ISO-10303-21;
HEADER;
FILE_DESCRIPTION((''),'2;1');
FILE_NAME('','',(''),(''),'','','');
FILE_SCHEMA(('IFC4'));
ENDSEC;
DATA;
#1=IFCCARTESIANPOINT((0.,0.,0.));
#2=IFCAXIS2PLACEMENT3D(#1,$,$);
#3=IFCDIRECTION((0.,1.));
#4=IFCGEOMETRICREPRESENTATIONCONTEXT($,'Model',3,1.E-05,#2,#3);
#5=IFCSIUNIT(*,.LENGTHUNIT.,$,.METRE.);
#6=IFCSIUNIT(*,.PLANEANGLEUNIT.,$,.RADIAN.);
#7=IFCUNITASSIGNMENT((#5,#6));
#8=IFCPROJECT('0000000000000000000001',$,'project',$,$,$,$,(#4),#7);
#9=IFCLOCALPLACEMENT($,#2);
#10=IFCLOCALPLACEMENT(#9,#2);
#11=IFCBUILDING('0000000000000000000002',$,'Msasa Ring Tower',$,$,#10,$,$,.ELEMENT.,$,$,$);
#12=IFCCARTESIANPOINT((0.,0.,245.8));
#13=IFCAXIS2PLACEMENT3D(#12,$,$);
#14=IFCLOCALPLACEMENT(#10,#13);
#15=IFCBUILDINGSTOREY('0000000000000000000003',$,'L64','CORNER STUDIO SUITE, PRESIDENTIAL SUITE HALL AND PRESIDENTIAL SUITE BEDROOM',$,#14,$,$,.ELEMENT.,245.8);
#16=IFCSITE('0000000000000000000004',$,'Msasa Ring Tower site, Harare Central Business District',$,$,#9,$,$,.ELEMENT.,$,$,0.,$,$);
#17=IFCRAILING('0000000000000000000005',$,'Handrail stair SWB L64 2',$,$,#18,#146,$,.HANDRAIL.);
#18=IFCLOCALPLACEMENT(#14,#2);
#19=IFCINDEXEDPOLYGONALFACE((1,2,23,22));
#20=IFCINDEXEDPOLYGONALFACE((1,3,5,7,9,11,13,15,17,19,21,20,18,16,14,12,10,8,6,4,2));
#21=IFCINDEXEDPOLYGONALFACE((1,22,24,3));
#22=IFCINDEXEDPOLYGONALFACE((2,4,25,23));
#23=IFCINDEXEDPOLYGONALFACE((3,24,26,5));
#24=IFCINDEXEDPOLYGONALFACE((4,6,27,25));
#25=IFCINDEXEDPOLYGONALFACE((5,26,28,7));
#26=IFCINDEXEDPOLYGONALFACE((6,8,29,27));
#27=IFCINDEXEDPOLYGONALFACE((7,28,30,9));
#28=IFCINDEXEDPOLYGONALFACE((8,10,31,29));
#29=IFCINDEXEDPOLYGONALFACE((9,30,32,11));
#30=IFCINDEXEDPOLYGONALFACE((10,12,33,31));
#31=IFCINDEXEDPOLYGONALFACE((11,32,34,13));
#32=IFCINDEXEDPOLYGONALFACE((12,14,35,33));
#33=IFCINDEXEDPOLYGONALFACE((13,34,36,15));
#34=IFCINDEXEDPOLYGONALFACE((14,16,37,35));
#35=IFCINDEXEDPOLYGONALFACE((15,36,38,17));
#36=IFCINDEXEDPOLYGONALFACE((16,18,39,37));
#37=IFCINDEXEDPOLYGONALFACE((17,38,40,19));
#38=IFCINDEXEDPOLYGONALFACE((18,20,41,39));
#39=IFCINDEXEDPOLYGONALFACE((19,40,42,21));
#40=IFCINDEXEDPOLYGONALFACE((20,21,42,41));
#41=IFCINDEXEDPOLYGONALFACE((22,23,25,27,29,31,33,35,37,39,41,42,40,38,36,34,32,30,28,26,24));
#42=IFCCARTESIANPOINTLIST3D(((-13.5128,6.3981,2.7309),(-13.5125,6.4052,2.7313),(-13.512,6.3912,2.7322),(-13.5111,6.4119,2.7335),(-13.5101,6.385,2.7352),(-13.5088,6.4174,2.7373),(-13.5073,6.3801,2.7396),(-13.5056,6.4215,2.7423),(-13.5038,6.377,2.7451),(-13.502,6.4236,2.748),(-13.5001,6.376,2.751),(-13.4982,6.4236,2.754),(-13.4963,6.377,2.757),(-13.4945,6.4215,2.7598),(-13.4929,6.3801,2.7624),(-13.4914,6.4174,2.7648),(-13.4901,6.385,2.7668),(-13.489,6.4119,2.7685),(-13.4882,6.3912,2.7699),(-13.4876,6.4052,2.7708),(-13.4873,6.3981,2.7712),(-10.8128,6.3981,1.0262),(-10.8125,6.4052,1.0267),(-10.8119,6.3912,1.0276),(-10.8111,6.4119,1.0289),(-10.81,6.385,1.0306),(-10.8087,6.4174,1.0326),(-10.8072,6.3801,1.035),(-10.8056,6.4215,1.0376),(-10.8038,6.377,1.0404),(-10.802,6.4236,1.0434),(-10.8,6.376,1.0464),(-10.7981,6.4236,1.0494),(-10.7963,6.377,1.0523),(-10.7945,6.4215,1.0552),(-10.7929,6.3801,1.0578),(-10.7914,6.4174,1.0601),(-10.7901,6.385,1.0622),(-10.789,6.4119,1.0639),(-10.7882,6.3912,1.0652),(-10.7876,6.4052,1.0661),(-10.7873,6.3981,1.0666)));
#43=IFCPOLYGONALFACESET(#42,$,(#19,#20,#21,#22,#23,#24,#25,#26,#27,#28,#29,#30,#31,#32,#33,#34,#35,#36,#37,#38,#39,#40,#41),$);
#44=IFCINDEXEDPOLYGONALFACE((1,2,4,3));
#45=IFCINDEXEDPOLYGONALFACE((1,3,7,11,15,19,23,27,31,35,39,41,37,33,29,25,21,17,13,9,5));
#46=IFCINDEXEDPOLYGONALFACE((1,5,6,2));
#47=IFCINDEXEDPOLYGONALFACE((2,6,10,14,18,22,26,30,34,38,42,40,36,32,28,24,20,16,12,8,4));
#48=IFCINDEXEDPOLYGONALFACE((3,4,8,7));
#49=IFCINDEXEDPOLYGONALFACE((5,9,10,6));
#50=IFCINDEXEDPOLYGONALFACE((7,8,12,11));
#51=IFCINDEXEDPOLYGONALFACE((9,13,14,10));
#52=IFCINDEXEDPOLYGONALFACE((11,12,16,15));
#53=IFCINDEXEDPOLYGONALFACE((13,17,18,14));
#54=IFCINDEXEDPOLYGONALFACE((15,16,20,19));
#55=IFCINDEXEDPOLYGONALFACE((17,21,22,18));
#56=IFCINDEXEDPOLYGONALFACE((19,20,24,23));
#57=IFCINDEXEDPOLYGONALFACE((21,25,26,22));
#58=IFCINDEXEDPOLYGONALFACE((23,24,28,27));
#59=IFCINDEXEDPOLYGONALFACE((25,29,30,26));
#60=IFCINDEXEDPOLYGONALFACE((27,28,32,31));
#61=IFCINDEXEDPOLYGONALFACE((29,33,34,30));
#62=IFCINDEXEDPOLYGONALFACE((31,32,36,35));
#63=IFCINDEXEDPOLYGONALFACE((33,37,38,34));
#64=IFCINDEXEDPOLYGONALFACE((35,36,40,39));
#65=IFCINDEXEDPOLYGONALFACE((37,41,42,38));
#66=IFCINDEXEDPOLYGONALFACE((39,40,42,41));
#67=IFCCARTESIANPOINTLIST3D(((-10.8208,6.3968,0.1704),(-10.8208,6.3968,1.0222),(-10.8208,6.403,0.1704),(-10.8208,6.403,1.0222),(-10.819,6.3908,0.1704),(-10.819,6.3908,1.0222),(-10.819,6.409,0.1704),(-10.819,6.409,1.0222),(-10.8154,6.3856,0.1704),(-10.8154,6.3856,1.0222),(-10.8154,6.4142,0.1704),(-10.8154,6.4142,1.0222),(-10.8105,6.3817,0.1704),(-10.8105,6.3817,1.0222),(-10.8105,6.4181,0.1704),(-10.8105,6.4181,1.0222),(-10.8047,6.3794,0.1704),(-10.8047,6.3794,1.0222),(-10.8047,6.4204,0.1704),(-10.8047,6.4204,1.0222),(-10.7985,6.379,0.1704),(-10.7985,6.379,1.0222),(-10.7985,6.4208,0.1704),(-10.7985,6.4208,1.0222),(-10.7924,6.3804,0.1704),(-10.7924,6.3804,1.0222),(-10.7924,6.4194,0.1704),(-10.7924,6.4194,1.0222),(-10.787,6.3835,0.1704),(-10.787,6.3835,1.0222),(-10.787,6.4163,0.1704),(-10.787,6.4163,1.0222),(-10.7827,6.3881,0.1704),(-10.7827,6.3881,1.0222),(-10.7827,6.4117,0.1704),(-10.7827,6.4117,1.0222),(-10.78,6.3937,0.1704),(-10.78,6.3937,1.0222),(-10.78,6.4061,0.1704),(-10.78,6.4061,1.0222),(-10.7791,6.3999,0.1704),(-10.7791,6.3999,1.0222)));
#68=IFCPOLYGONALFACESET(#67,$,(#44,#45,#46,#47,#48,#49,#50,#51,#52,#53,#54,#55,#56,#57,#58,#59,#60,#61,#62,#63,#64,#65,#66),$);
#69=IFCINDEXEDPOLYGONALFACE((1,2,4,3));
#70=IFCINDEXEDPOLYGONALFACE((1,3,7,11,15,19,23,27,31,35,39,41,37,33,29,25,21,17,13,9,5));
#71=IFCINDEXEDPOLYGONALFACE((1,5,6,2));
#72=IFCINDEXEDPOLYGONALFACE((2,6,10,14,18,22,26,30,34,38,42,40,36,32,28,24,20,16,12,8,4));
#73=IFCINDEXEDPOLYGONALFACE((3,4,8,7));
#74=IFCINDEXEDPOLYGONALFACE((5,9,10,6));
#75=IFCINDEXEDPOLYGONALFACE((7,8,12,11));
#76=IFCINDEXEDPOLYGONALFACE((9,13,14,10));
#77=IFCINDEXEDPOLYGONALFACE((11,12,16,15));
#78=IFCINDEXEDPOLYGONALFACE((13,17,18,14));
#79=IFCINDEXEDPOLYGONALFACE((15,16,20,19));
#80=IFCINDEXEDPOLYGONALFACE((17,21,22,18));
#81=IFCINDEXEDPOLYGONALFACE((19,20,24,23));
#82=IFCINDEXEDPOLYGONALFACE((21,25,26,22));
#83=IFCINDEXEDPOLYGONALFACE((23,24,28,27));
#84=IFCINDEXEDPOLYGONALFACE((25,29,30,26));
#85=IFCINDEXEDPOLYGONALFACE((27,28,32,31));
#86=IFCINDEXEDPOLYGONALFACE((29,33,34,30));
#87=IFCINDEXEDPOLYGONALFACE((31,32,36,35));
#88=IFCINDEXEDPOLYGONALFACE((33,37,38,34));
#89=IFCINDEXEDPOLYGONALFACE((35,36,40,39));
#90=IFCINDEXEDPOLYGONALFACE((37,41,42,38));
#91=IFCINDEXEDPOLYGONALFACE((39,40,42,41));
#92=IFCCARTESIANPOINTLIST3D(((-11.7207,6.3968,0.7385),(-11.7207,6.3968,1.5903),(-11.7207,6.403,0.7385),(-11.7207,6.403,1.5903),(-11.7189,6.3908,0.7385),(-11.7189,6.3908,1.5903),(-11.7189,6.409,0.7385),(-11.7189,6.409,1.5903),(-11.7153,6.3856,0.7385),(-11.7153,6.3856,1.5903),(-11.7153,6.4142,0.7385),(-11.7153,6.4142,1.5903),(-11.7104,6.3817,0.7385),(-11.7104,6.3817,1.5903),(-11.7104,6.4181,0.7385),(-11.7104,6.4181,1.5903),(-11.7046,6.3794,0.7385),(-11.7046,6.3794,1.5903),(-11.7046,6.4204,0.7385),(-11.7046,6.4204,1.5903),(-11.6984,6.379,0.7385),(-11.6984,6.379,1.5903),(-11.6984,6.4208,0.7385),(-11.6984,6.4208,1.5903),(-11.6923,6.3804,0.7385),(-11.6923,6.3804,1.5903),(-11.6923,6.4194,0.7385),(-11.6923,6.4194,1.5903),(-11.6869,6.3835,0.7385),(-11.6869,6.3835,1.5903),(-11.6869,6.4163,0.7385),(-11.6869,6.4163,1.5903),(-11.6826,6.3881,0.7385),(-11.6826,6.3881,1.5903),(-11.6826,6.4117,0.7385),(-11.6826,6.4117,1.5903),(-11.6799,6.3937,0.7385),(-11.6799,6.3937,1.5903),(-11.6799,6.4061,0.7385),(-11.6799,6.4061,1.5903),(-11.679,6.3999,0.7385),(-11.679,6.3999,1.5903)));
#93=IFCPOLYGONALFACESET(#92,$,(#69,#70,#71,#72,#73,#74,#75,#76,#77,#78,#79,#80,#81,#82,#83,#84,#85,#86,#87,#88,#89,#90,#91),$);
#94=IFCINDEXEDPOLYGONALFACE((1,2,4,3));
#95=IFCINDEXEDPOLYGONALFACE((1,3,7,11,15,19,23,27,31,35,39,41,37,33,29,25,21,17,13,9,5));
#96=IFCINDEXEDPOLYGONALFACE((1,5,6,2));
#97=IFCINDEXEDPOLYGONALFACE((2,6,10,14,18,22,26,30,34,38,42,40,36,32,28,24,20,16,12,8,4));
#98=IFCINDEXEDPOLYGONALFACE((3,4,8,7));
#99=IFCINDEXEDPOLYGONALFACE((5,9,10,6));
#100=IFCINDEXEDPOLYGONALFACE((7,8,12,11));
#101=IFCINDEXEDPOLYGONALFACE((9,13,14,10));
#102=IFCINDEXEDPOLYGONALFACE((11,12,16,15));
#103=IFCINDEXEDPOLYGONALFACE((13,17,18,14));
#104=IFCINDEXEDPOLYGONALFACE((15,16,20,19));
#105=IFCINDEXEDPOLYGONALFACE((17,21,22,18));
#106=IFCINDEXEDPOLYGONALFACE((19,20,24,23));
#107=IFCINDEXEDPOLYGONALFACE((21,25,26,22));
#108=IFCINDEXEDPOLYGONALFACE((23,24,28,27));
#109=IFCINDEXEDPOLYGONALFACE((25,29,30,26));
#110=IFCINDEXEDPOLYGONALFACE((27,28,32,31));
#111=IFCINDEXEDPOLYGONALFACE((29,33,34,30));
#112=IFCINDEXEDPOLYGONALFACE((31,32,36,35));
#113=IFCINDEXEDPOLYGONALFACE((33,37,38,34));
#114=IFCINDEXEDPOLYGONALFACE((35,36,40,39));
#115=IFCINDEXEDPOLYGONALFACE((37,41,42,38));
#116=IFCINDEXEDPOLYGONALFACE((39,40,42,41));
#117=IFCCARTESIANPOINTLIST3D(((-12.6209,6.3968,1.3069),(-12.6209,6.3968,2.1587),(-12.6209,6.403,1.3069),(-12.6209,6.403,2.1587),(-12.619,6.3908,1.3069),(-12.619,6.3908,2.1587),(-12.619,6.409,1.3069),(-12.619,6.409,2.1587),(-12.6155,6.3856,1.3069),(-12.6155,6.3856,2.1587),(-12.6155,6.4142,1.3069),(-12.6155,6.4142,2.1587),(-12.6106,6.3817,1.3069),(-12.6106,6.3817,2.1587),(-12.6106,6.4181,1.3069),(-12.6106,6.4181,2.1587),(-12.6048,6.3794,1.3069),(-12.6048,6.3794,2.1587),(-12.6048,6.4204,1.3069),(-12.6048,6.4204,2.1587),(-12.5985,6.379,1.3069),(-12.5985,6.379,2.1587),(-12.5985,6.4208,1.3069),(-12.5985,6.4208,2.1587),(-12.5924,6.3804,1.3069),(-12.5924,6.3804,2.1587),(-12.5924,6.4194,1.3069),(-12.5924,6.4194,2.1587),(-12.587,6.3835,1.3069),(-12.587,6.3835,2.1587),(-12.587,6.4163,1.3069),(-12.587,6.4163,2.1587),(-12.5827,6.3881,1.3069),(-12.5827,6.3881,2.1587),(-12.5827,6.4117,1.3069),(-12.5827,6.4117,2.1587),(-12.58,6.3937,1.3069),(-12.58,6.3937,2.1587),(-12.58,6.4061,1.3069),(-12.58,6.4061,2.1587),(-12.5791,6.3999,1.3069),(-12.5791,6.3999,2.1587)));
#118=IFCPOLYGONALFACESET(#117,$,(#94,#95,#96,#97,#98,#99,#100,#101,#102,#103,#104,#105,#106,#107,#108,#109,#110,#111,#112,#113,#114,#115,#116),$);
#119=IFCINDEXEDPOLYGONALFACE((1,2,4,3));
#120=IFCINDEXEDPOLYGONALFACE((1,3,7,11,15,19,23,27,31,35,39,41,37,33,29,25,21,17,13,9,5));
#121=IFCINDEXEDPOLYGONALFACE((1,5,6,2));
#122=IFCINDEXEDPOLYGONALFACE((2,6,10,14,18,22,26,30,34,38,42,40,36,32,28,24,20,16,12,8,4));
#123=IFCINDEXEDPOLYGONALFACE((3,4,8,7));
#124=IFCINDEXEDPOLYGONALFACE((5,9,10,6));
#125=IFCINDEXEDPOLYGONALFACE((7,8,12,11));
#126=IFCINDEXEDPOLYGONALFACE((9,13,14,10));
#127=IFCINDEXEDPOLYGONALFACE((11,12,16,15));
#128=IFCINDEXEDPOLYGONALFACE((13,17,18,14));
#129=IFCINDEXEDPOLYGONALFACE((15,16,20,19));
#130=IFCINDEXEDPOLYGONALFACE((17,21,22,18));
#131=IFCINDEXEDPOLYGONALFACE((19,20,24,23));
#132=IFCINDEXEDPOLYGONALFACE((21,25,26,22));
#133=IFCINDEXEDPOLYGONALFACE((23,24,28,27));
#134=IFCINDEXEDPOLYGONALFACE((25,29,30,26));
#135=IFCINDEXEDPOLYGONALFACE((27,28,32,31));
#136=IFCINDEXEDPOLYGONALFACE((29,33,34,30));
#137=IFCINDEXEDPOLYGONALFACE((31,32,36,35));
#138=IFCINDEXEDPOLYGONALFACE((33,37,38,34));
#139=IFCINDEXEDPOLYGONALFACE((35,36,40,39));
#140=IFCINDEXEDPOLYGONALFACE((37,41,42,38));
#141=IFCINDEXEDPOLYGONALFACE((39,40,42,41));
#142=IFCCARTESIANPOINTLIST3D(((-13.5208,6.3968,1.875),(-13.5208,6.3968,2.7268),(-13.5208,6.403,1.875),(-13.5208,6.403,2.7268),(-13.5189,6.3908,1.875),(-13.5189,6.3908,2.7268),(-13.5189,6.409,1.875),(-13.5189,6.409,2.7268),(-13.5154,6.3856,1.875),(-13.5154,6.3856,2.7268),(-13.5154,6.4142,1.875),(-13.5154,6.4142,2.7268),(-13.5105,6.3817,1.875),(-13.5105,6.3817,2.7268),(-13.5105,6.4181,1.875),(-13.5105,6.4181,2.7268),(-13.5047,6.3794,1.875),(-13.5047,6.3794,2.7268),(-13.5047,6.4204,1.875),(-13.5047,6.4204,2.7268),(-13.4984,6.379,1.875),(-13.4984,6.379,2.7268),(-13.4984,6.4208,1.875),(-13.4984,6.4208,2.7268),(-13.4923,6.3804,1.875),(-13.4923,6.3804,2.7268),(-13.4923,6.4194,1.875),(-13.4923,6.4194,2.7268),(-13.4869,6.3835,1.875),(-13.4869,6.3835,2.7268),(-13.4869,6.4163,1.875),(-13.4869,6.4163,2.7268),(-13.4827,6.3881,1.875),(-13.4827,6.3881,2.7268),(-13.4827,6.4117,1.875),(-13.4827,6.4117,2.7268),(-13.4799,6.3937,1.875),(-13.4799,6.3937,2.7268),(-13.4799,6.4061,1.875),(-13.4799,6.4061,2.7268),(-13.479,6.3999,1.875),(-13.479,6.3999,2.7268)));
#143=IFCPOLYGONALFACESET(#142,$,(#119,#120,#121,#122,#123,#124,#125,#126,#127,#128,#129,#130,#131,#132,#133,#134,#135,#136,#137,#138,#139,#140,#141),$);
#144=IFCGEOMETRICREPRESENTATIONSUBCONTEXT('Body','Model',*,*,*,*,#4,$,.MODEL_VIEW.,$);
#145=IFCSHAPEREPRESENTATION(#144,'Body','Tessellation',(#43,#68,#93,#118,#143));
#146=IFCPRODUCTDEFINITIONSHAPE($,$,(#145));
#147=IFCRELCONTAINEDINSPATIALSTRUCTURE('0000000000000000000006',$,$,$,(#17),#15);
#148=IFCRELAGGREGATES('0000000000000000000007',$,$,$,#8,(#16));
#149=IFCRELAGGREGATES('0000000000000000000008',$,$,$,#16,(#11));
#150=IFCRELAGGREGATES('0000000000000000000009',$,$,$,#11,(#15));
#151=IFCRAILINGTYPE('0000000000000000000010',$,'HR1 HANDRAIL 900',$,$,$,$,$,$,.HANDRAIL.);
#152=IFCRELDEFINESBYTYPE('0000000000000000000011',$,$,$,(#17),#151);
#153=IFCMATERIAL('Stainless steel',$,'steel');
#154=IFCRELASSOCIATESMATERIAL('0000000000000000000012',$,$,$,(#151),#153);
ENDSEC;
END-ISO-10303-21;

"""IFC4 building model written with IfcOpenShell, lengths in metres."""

from ifc_helpers import new_model, si_unit, direction, frame, origin, origin_2d, place, context, subcontext, project, spatial, circle, extrude, material, type_object, element, save


model = new_model("IFC4")

# Units and contexts
model_context = context("Model", 3, precision=1e-05, world=origin(), true_north=direction((0.0, 1.0)))
body_context = subcontext(model_context, "Body", "Model", "MODEL_VIEW")
ifc_project = project(units=[si_unit("LENGTHUNIT", "METRE"), si_unit("PLANEANGLEUNIT", "RADIAN")], contexts=[model_context])

# Site, building, storey
site_placement = place(None, origin())
site = spatial("IfcSite", under=ifc_project, at=site_placement, Name="Msasa Ring Tower site, Harare Central Business District", CompositionType="ELEMENT", RefElevation=0.0)
building_placement = place(site_placement, origin())
building = spatial("IfcBuilding", under=site, at=building_placement, Name="Msasa Ring Tower", CompositionType="ELEMENT")
storey_placement = place(building_placement, frame((0.0, 0.0, 245.8)))
storey = spatial("IfcBuildingStorey", under=building, at=storey_placement, Name="L64", Description="CORNER STUDIO SUITE, PRESIDENTIAL SUITE HALL AND PRESIDENTIAL SUITE BEDROOM", CompositionType="ELEMENT", Elevation=245.8)

# Railing
ifc_material_1 = material(Name="Stainless steel", Category="steel")
railing_type = type_object("IfcRailingType", Name="HR1 HANDRAIL 900", PredefinedType="HANDRAIL", material=ifc_material_1)
railing_placement = place(storey_placement, frame((-10.8, 6.3999, 0.1704)))
element("IfcRailing", 1, at=railing_placement, inside=storey, type_object=railing_type, Name="Handrail stair SWB L64 2", PredefinedType="HANDRAIL", context=body_context, shape_type="SweptSolid", body=[
    extrude(circle(Radius=0.0239, at=origin_2d()), frame((0.0, 0.0, 0.876), z_axis=(-0.84558, 0.0, 0.533849), x_axis=(0.0, -1.0, 0.0)), (0.0, 0.0, 1.0), 3.1931),
    extrude(circle(Radius=0.021, at=origin_2d()), origin(), (0.0, 0.0, 1.0), 0.8518),
    extrude(circle(Radius=0.021, at=origin_2d()), frame((-0.8999, 0.0, 0.5681)), (0.0, 0.0, 1.0), 0.8518),
    extrude(circle(Radius=0.021, at=origin_2d()), frame((-1.8, 0.0, 1.1365)), (0.0, 0.0, 1.0), 0.8518),
    extrude(circle(Radius=0.021, at=origin_2d()), frame((-2.7, 0.0, 1.7046)), (0.0, 0.0, 1.0), 0.8518),
])

save(model, "model.ifc")
